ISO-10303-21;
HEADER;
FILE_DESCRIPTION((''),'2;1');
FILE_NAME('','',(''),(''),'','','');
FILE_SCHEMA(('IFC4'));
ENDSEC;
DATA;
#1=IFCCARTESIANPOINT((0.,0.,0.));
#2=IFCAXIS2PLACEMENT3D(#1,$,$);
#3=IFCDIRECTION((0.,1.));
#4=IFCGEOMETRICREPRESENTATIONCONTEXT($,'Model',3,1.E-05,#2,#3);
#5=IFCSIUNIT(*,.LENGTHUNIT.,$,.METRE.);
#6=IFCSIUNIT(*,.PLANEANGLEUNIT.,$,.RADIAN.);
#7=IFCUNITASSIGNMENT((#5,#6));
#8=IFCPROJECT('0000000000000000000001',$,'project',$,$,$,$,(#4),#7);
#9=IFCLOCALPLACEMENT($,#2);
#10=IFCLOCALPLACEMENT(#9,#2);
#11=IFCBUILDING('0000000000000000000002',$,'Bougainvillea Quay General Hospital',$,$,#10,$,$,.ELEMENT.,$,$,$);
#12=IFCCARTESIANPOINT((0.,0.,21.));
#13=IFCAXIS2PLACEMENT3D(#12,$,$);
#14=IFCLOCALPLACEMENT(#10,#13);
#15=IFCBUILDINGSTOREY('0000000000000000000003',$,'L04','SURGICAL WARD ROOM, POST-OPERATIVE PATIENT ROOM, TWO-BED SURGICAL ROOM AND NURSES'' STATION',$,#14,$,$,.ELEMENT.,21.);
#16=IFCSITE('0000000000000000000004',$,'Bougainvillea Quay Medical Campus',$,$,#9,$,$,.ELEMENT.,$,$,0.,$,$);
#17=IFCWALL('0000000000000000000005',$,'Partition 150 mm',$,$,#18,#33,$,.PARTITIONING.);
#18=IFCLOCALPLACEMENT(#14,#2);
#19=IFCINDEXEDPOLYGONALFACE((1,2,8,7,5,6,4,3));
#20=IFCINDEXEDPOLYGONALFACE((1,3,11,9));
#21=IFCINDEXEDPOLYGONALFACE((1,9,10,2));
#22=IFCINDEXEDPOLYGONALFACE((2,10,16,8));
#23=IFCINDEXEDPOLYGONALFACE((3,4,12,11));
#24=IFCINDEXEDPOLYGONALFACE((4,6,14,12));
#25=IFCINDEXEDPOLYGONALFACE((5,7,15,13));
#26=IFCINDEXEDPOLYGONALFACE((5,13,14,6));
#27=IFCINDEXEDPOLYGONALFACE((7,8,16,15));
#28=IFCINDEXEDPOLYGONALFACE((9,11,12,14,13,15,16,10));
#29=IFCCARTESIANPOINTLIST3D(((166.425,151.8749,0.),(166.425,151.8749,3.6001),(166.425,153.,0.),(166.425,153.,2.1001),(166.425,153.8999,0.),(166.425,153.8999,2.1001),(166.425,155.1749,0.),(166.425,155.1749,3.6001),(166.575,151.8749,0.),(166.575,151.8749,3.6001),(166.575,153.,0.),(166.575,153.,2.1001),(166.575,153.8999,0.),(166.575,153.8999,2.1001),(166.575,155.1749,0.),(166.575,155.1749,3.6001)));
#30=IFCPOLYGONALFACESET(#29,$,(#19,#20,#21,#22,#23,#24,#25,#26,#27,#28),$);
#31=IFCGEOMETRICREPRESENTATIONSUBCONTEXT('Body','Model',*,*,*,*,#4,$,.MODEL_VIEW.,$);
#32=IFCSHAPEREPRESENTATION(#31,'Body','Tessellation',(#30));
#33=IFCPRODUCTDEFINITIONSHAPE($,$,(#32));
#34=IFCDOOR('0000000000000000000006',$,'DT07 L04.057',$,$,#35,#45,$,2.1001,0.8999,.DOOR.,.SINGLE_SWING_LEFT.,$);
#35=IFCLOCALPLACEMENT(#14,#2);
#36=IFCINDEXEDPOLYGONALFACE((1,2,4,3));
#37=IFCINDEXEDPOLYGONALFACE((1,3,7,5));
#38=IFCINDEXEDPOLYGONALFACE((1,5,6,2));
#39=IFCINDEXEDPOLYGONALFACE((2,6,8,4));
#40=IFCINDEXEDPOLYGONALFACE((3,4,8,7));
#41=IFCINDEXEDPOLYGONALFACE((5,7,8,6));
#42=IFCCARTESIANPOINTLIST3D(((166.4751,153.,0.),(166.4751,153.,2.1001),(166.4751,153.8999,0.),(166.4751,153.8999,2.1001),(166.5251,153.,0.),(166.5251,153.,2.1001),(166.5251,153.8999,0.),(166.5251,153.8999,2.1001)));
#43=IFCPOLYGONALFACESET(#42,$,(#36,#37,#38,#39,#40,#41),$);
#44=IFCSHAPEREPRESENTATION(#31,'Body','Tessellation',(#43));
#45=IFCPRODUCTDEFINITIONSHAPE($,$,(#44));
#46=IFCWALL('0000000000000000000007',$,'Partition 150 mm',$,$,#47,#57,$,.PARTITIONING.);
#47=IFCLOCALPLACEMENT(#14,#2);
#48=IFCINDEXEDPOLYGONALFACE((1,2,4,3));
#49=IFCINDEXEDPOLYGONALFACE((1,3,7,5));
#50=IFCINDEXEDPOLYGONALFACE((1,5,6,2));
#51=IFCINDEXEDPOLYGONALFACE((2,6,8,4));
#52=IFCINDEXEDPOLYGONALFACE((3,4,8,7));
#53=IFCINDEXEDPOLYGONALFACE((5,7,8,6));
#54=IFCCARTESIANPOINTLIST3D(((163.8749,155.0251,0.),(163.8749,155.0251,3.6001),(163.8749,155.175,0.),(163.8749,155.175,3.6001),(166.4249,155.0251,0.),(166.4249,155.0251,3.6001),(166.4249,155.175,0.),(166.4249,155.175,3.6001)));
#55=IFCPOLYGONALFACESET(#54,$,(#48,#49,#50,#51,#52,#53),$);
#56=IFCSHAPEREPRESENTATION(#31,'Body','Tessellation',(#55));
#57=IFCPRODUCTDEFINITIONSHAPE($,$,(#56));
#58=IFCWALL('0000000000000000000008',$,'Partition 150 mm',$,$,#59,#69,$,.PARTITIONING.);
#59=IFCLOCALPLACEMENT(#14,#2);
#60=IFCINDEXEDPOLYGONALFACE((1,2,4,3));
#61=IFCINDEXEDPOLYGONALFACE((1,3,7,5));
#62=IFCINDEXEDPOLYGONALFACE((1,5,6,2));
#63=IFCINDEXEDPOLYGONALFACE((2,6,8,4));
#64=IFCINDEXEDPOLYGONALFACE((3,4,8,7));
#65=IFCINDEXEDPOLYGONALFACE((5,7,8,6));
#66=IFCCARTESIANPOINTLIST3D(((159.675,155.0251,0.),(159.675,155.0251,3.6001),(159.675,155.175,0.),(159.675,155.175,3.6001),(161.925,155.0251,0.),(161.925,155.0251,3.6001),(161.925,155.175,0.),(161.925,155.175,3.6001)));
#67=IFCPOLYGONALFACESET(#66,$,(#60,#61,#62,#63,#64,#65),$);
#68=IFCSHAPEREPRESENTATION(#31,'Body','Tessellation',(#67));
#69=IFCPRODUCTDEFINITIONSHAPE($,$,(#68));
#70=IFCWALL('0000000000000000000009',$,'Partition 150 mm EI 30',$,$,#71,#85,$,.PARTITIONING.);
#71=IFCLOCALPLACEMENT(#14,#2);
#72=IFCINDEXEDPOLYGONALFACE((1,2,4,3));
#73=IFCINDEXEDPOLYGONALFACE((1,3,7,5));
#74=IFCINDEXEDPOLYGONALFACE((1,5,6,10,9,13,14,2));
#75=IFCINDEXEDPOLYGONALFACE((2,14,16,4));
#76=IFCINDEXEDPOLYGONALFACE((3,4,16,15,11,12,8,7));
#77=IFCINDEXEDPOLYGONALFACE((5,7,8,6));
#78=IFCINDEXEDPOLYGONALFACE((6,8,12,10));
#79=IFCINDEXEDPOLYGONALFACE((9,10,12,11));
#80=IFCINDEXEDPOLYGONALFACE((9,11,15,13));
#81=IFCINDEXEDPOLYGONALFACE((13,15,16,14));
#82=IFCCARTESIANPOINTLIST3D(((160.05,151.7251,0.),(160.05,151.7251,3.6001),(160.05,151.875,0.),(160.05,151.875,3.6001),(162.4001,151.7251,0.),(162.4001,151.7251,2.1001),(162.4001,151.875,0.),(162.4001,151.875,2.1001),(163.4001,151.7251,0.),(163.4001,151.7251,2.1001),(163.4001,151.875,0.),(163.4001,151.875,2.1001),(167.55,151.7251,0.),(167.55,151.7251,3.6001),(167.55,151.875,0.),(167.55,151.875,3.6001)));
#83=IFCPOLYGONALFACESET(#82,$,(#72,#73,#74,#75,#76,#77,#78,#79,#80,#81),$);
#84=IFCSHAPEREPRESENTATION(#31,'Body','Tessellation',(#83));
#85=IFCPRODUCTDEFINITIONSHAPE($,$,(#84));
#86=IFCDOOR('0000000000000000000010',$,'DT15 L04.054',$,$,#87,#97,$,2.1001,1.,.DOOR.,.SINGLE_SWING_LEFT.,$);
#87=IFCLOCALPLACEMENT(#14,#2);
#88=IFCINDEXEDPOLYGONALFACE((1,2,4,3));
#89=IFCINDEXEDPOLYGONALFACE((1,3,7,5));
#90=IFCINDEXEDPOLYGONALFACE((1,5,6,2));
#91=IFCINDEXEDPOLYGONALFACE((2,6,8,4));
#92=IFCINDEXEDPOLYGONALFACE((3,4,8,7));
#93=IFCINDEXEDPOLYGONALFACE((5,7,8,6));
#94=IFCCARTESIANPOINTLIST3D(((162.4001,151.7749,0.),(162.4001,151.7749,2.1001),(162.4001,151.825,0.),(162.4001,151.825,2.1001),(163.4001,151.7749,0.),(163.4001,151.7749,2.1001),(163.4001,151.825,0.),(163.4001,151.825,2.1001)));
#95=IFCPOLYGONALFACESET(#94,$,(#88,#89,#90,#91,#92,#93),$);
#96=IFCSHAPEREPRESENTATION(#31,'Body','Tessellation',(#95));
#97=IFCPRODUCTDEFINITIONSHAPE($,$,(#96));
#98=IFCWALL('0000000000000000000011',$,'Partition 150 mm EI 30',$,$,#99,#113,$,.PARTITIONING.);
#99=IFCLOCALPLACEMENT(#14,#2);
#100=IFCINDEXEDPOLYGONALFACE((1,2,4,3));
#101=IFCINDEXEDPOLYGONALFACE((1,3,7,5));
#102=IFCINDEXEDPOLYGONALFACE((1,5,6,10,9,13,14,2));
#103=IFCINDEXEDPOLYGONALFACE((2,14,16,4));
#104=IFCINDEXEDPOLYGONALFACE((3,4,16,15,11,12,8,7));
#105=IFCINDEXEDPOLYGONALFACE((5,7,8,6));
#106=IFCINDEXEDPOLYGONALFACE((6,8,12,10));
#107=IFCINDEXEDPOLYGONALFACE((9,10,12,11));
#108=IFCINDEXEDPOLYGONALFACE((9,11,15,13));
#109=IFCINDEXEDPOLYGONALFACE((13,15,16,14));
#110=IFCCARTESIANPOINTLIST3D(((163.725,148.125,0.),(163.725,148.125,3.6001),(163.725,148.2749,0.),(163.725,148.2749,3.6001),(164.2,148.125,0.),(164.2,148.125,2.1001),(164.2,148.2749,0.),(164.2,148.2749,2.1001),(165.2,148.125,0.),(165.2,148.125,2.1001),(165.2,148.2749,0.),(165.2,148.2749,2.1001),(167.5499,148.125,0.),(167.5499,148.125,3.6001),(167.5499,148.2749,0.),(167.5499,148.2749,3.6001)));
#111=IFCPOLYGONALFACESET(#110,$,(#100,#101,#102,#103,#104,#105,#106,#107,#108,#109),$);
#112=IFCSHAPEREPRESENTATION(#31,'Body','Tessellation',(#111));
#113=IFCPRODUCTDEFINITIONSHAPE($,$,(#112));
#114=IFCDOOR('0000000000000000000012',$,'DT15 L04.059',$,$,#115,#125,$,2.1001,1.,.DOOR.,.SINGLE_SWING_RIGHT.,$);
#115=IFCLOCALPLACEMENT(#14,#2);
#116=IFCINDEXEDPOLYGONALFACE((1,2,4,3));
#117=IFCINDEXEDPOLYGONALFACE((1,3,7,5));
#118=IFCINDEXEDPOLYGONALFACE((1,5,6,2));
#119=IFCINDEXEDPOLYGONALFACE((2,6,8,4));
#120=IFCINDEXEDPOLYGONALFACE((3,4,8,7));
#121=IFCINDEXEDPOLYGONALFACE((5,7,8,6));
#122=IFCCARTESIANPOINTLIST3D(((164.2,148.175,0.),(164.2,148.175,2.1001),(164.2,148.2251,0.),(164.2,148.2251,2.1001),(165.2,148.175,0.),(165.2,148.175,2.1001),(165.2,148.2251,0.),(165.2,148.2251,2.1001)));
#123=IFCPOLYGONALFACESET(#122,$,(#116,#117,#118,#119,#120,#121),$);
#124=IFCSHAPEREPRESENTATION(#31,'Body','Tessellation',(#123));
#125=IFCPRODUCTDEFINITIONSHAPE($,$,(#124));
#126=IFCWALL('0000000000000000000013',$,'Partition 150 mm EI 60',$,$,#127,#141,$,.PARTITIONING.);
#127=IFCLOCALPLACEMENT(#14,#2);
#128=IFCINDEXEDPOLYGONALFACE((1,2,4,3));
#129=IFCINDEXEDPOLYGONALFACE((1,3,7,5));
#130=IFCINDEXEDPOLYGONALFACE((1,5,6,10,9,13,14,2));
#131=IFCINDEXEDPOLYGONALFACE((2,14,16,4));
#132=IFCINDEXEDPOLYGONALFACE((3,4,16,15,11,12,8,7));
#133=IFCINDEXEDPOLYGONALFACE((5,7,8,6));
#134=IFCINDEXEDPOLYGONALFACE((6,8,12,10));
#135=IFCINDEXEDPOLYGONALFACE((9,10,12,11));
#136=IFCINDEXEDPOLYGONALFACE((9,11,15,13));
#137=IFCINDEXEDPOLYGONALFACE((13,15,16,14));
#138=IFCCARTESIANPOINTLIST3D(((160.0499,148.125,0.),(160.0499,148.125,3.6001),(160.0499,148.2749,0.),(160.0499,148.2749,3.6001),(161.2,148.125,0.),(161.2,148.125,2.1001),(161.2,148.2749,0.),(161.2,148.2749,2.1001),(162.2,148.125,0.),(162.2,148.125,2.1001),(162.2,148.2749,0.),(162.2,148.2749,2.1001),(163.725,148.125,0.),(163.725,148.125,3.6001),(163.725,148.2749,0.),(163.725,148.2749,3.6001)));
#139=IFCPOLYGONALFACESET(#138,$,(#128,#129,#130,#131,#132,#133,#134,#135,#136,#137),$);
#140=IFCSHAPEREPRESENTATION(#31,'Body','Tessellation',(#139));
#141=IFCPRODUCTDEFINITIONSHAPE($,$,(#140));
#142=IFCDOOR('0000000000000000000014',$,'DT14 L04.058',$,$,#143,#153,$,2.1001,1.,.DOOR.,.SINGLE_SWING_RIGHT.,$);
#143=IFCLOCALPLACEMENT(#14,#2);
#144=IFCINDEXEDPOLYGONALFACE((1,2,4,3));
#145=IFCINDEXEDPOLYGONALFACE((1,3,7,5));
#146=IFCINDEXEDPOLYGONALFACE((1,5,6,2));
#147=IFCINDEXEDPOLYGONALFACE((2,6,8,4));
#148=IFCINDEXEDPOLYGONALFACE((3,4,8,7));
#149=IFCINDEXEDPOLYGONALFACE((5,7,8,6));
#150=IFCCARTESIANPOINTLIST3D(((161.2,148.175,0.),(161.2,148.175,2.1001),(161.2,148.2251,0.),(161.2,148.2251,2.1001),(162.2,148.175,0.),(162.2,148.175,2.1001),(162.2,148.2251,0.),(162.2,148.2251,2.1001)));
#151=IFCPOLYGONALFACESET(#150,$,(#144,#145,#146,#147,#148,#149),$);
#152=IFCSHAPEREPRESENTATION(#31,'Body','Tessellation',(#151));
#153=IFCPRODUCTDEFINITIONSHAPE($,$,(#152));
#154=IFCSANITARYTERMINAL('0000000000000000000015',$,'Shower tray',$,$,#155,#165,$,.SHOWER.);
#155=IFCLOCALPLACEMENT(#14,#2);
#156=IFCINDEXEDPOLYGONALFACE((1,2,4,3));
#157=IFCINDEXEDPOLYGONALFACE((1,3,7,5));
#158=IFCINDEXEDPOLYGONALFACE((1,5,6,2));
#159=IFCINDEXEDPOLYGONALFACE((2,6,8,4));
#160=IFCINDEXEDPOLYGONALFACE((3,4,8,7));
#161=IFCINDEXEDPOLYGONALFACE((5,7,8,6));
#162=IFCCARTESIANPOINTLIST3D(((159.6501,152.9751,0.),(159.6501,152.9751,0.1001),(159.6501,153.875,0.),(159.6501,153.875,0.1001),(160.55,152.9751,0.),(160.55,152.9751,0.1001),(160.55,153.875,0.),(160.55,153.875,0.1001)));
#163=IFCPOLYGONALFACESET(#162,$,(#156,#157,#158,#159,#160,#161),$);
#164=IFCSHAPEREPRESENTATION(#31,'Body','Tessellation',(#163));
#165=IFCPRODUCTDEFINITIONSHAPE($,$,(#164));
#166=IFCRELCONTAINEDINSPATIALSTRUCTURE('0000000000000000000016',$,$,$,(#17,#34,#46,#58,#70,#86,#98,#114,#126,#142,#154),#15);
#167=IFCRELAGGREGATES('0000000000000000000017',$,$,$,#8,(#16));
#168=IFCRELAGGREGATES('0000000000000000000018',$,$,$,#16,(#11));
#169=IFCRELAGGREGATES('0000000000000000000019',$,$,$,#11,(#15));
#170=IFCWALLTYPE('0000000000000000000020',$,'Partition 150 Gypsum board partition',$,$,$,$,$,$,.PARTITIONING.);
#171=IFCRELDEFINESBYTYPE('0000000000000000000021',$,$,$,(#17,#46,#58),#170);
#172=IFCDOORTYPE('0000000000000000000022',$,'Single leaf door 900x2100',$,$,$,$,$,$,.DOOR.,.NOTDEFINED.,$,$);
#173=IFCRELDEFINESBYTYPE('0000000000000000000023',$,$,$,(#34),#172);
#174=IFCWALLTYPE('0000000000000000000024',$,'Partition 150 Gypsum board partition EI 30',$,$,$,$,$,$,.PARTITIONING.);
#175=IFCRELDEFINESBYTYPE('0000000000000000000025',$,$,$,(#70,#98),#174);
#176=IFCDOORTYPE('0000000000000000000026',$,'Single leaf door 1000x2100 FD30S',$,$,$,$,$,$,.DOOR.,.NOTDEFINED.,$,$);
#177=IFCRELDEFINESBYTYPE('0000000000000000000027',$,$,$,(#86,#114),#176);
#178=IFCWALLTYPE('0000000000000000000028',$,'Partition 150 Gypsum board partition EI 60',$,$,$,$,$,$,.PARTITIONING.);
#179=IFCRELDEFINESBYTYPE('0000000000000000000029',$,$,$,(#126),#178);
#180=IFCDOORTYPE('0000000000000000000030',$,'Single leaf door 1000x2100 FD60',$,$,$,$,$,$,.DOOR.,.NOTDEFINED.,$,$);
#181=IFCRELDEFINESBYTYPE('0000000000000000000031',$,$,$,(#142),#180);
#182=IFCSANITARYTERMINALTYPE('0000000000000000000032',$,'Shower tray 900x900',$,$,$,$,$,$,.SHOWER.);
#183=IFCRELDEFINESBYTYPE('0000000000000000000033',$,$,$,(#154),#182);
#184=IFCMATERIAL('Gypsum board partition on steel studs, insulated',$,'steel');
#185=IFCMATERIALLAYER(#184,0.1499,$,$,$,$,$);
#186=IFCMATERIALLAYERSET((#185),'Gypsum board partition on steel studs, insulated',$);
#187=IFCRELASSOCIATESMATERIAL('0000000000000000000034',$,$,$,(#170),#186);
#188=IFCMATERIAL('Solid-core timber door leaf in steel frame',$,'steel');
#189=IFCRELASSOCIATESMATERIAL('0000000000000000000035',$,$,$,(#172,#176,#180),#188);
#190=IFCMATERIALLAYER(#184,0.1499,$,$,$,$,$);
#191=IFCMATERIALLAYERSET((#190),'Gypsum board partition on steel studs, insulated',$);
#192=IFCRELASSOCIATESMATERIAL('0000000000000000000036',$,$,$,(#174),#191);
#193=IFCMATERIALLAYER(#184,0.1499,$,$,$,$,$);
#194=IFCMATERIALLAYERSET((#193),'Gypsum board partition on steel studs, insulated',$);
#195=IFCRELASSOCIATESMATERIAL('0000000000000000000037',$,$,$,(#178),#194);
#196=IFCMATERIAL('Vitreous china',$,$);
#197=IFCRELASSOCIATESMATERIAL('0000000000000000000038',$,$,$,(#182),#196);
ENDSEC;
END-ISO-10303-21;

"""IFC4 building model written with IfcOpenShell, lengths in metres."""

from ifc_helpers import new_model, si_unit, direction, frame, frame_2d, origin, origin_2d, place, context, subcontext, project, spatial, rectangle, extrude, material, layer, layer_set, type_object, element, fill, save


model = new_model("IFC4")

# Units and contexts
model_context = context("Model", 3, precision=1e-05, world=origin(), true_north=direction((0.0, 1.0)))
body_context = subcontext(model_context, "Body", "Model", "MODEL_VIEW")
ifc_project = project(units=[si_unit("LENGTHUNIT", "METRE"), si_unit("PLANEANGLEUNIT", "RADIAN")], contexts=[model_context])

# Site, building, storey
site_placement = place(None, origin())
site = spatial("IfcSite", under=ifc_project, at=site_placement, Name="Bougainvillea Quay Medical Campus", CompositionType="ELEMENT", RefElevation=0.0)
building_placement = place(site_placement, origin())
building = spatial("IfcBuilding", under=site, at=building_placement, Name="Bougainvillea Quay General Hospital", CompositionType="ELEMENT")
storey_placement = place(building_placement, frame((0.0, 0.0, 21.0)))
storey = spatial("IfcBuildingStorey", under=building, at=storey_placement, Name="L04", Description="SURGICAL WARD ROOM, POST-OPERATIVE PATIENT ROOM, TWO-BED SURGICAL ROOM AND NURSES' STATION", CompositionType="ELEMENT", Elevation=21.0)

# Shared definitions
ifc_material_1 = material(Name="Gypsum board partition on steel studs, insulated", Category="steel")
ifc_layer_1 = layer(ifc_material_1, 0.1499)
ifc_layer_set_1 = layer_set([ifc_layer_1], Name="Gypsum board partition on steel studs, insulated")
wall_type_1 = type_object("IfcWallType", Name="Partition 150 Gypsum board partition", PredefinedType="PARTITIONING", material=ifc_layer_set_1)

# Wall, opening, door
ifc_material_2 = material(Name="Solid-core timber door leaf in steel frame", Category="steel")
door_type_1 = type_object("IfcDoorType", Name="Single leaf door 900x2100", OperationType="NOTDEFINED", PredefinedType="DOOR", material=ifc_material_2)
wall_1_placement = place(storey_placement, frame((166.5, 151.875, 0.0), z_axis=(0.0, 0.0, 1.0), x_axis=(0.0, 1.0, 0.0)))
wall_1 = element("IfcWall", 1, at=wall_1_placement, inside=storey, type_object=wall_type_1, Name="Partition 150 mm", PredefinedType="PARTITIONING", context=body_context, shape_type="SweptSolid", body=[
    extrude(rectangle(XDim=3.3, YDim=0.1499, at=frame_2d((1.6499, 0.0))), origin(), (0.0, 0.0, 1.0), 3.6001),
])
opening_1_placement = place(wall_1_placement, frame((1.125, 0.0, 0.0)))
opening_1 = element("IfcOpeningElement", 2, at=opening_1_placement, cuts=wall_1, PredefinedType="OPENING", context=body_context, shape_type="SweptSolid", body=[
    extrude(rectangle(XDim=0.8999, YDim=2.1001, at=frame_2d((0.45, 1.05))), frame((0.0, 0.085, 0.0), z_axis=(0.0, -1.0, 0.0), x_axis=(1.0, 0.0, 0.0)), (0.0, 0.0, 1.0), 0.1699),
])
door_1_placement = place(opening_1_placement, origin())
door_1 = element("IfcDoor", 3, at=door_1_placement, inside=storey, type_object=door_type_1, Name="DT07 L04.057", OperationType="SINGLE_SWING_LEFT", OverallHeight=2.1001, OverallWidth=0.8999, PredefinedType="DOOR", context=body_context, shape_type="SweptSolid", body=[
    extrude(rectangle(XDim=0.8999, YDim=2.1001, at=frame_2d((0.45, 1.05))), frame((0.0, 0.0249, 0.0), z_axis=(0.0, -1.0, 0.0), x_axis=(1.0, 0.0, 0.0)), (0.0, 0.0, 1.0), 0.05),
])
fill(opening_1, door_1)

# Walls
wall_2_placement = place(storey_placement, frame((163.875, 155.1001, 0.0), z_axis=(0.0, 0.0, 1.0), x_axis=(1.0, 0.0, 0.0)))
element("IfcWall", 4, at=wall_2_placement, inside=storey, type_object=wall_type_1, Name="Partition 150 mm", PredefinedType="PARTITIONING", context=body_context, shape_type="SweptSolid", body=[
    extrude(rectangle(XDim=2.55, YDim=0.1499, at=frame_2d((1.2749, 0.0))), origin(), (0.0, 0.0, 1.0), 3.6001),
])
wall_3_placement = place(storey_placement, frame((159.675, 155.1001, 0.0), z_axis=(0.0, 0.0, 1.0), x_axis=(1.0, 0.0, 0.0)))
element("IfcWall", 5, at=wall_3_placement, inside=storey, type_object=wall_type_1, Name="Partition 150 mm", PredefinedType="PARTITIONING", context=body_context, shape_type="SweptSolid", body=[
    extrude(rectangle(XDim=2.25, YDim=0.1499, at=frame_2d((1.125, 0.0))), origin(), (0.0, 0.0, 1.0), 3.6001),
])

# Walls, openings, doors
ifc_layer_2 = layer(ifc_material_1, 0.1499)
ifc_layer_set_2 = layer_set([ifc_layer_2], Name="Gypsum board partition on steel studs, insulated")
wall_type_2 = type_object("IfcWallType", Name="Partition 150 Gypsum board partition EI 30", PredefinedType="PARTITIONING", material=ifc_layer_set_2)
wall_4_placement = place(storey_placement, frame((167.55, 151.8, 0.0), z_axis=(0.0, 0.0, 1.0), x_axis=(-1.0, 0.0, 0.0)))
wall_4 = element("IfcWall", 6, at=wall_4_placement, inside=storey, type_object=wall_type_2, Name="Partition 150 mm EI 30", PredefinedType="PARTITIONING", context=body_context, shape_type="SweptSolid", body=[
    extrude(rectangle(XDim=7.5, YDim=0.1499, at=frame_2d((3.75, 0.0))), origin(), (0.0, 0.0, 1.0), 3.6001),
])
opening_2_placement = place(wall_4_placement, frame((4.1499, 0.0, 0.0)))
opening_2 = element("IfcOpeningElement", 7, at=opening_2_placement, cuts=wall_4, PredefinedType="OPENING", context=body_context, shape_type="SweptSolid", body=[
    extrude(rectangle(XDim=1.0, YDim=2.1001, at=frame_2d((0.5, 1.05))), frame((0.0, 0.085, 0.0), z_axis=(0.0, -1.0, 0.0), x_axis=(1.0, 0.0, 0.0)), (0.0, 0.0, 1.0), 0.1699),
])
door_type_2 = type_object("IfcDoorType", Name="Single leaf door 1000x2100 FD30S", OperationType="NOTDEFINED", PredefinedType="DOOR", material=ifc_material_2)
door_2_placement = place(opening_2_placement, frame((1.0, 0.0, 0.0), z_axis=(0.0, 0.0, 1.0), x_axis=(-1.0, 0.0, 0.0)))
door_2 = element("IfcDoor", 8, at=door_2_placement, inside=storey, type_object=door_type_2, Name="DT15 L04.054", OperationType="SINGLE_SWING_LEFT", OverallHeight=2.1001, OverallWidth=1.0, PredefinedType="DOOR", context=body_context, shape_type="SweptSolid", body=[
    extrude(rectangle(XDim=1.0, YDim=2.1001, at=frame_2d((0.5, 1.05))), frame((0.0, 0.0249, 0.0), z_axis=(0.0, -1.0, 0.0), x_axis=(1.0, 0.0, 0.0)), (0.0, 0.0, 1.0), 0.05),
])
fill(opening_2, door_2)
wall_5_placement = place(storey_placement, frame((167.55, 148.2, 0.0), z_axis=(0.0, 0.0, 1.0), x_axis=(-1.0, 0.0, 0.0)))
wall_5 = element("IfcWall", 9, at=wall_5_placement, inside=storey, type_object=wall_type_2, Name="Partition 150 mm EI 30", PredefinedType="PARTITIONING", context=body_context, shape_type="SweptSolid", body=[
    extrude(rectangle(XDim=3.825, YDim=0.1499, at=frame_2d((1.9126, 0.0))), origin(), (0.0, 0.0, 1.0), 3.6001),
])
opening_3_placement = place(wall_5_placement, frame((2.3501, 0.0, 0.0)))
opening_3 = element("IfcOpeningElement", 10, at=opening_3_placement, cuts=wall_5, PredefinedType="OPENING", context=body_context, shape_type="SweptSolid", body=[
    extrude(rectangle(XDim=1.0, YDim=2.1001, at=frame_2d((0.5, 1.05))), frame((0.0, 0.085, 0.0), z_axis=(0.0, -1.0, 0.0), x_axis=(1.0, 0.0, 0.0)), (0.0, 0.0, 1.0), 0.1699),
])
door_3_placement = place(opening_3_placement, origin())
door_3 = element("IfcDoor", 11, at=door_3_placement, inside=storey, type_object=door_type_2, Name="DT15 L04.059", OperationType="SINGLE_SWING_RIGHT", OverallHeight=2.1001, OverallWidth=1.0, PredefinedType="DOOR", context=body_context, shape_type="SweptSolid", body=[
    extrude(rectangle(XDim=1.0, YDim=2.1001, at=frame_2d((0.5, 1.05))), frame((0.0, 0.0249, 0.0), z_axis=(0.0, -1.0, 0.0), x_axis=(1.0, 0.0, 0.0)), (0.0, 0.0, 1.0), 0.05),
])
fill(opening_3, door_3)
ifc_layer_3 = layer(ifc_material_1, 0.1499)
ifc_layer_set_3 = layer_set([ifc_layer_3], Name="Gypsum board partition on steel studs, insulated")
wall_type_3 = type_object("IfcWallType", Name="Partition 150 Gypsum board partition EI 60", PredefinedType="PARTITIONING", material=ifc_layer_set_3)
wall_6_placement = place(storey_placement, frame((160.05, 148.2, 0.0), z_axis=(0.0, 0.0, 1.0), x_axis=(1.0, 0.0, 0.0)))
wall_6 = element("IfcWall", 12, at=wall_6_placement, inside=storey, type_object=wall_type_3, Name="Partition 150 mm EI 60", PredefinedType="PARTITIONING", context=body_context, shape_type="SweptSolid", body=[
    extrude(rectangle(XDim=3.675, YDim=0.1499, at=frame_2d((1.8374, 0.0))), origin(), (0.0, 0.0, 1.0), 3.6001),
])
opening_4_placement = place(wall_6_placement, frame((1.1499, 0.0, 0.0)))
opening_4 = element("IfcOpeningElement", 13, at=opening_4_placement, cuts=wall_6, PredefinedType="OPENING", context=body_context, shape_type="SweptSolid", body=[
    extrude(rectangle(XDim=1.0, YDim=2.1001, at=frame_2d((0.5, 1.05))), frame((0.0, 0.085, 0.0), z_axis=(0.0, -1.0, 0.0), x_axis=(1.0, 0.0, 0.0)), (0.0, 0.0, 1.0), 0.1699),
])
door_type_3 = type_object("IfcDoorType", Name="Single leaf door 1000x2100 FD60", OperationType="NOTDEFINED", PredefinedType="DOOR", material=ifc_material_2)
door_4_placement = place(opening_4_placement, frame((1.0, 0.0, 0.0), z_axis=(0.0, 0.0, 1.0), x_axis=(-1.0, 0.0, 0.0)))
door_4 = element("IfcDoor", 14, at=door_4_placement, inside=storey, type_object=door_type_3, Name="DT14 L04.058", OperationType="SINGLE_SWING_RIGHT", OverallHeight=2.1001, OverallWidth=1.0, PredefinedType="DOOR", context=body_context, shape_type="SweptSolid", body=[
    extrude(rectangle(XDim=1.0, YDim=2.1001, at=frame_2d((0.5, 1.05))), frame((0.0, 0.0249, 0.0), z_axis=(0.0, -1.0, 0.0), x_axis=(1.0, 0.0, 0.0)), (0.0, 0.0, 1.0), 0.05),
])
fill(opening_4, door_4)

# Sanitary terminal
ifc_material_3 = material(Name="Vitreous china")
sanitary_terminal_type_1 = type_object("IfcSanitaryTerminalType", Name="Shower tray 900x900", PredefinedType="SHOWER", material=ifc_material_3)
for number, where, z_axis, x_axis, name in (
    (15, (160.1001, 153.425, 0.0), (0.0, 0.0, 1.0), (0.0, 1.0, 0.0), "Shower tray"),
):
    element("IfcSanitaryTerminal", number, at=place(storey_placement, frame(where, z_axis=z_axis, x_axis=x_axis)), inside=storey, type_object=sanitary_terminal_type_1, Name=name, PredefinedType="SHOWER", context=body_context, shape_type="SweptSolid", body=[
        extrude(rectangle(XDim=0.8999, YDim=0.8999, at=origin_2d()), origin(), (0.0, 0.0, 1.0), 0.1001),
    ])

save(model, "model.ifc")
